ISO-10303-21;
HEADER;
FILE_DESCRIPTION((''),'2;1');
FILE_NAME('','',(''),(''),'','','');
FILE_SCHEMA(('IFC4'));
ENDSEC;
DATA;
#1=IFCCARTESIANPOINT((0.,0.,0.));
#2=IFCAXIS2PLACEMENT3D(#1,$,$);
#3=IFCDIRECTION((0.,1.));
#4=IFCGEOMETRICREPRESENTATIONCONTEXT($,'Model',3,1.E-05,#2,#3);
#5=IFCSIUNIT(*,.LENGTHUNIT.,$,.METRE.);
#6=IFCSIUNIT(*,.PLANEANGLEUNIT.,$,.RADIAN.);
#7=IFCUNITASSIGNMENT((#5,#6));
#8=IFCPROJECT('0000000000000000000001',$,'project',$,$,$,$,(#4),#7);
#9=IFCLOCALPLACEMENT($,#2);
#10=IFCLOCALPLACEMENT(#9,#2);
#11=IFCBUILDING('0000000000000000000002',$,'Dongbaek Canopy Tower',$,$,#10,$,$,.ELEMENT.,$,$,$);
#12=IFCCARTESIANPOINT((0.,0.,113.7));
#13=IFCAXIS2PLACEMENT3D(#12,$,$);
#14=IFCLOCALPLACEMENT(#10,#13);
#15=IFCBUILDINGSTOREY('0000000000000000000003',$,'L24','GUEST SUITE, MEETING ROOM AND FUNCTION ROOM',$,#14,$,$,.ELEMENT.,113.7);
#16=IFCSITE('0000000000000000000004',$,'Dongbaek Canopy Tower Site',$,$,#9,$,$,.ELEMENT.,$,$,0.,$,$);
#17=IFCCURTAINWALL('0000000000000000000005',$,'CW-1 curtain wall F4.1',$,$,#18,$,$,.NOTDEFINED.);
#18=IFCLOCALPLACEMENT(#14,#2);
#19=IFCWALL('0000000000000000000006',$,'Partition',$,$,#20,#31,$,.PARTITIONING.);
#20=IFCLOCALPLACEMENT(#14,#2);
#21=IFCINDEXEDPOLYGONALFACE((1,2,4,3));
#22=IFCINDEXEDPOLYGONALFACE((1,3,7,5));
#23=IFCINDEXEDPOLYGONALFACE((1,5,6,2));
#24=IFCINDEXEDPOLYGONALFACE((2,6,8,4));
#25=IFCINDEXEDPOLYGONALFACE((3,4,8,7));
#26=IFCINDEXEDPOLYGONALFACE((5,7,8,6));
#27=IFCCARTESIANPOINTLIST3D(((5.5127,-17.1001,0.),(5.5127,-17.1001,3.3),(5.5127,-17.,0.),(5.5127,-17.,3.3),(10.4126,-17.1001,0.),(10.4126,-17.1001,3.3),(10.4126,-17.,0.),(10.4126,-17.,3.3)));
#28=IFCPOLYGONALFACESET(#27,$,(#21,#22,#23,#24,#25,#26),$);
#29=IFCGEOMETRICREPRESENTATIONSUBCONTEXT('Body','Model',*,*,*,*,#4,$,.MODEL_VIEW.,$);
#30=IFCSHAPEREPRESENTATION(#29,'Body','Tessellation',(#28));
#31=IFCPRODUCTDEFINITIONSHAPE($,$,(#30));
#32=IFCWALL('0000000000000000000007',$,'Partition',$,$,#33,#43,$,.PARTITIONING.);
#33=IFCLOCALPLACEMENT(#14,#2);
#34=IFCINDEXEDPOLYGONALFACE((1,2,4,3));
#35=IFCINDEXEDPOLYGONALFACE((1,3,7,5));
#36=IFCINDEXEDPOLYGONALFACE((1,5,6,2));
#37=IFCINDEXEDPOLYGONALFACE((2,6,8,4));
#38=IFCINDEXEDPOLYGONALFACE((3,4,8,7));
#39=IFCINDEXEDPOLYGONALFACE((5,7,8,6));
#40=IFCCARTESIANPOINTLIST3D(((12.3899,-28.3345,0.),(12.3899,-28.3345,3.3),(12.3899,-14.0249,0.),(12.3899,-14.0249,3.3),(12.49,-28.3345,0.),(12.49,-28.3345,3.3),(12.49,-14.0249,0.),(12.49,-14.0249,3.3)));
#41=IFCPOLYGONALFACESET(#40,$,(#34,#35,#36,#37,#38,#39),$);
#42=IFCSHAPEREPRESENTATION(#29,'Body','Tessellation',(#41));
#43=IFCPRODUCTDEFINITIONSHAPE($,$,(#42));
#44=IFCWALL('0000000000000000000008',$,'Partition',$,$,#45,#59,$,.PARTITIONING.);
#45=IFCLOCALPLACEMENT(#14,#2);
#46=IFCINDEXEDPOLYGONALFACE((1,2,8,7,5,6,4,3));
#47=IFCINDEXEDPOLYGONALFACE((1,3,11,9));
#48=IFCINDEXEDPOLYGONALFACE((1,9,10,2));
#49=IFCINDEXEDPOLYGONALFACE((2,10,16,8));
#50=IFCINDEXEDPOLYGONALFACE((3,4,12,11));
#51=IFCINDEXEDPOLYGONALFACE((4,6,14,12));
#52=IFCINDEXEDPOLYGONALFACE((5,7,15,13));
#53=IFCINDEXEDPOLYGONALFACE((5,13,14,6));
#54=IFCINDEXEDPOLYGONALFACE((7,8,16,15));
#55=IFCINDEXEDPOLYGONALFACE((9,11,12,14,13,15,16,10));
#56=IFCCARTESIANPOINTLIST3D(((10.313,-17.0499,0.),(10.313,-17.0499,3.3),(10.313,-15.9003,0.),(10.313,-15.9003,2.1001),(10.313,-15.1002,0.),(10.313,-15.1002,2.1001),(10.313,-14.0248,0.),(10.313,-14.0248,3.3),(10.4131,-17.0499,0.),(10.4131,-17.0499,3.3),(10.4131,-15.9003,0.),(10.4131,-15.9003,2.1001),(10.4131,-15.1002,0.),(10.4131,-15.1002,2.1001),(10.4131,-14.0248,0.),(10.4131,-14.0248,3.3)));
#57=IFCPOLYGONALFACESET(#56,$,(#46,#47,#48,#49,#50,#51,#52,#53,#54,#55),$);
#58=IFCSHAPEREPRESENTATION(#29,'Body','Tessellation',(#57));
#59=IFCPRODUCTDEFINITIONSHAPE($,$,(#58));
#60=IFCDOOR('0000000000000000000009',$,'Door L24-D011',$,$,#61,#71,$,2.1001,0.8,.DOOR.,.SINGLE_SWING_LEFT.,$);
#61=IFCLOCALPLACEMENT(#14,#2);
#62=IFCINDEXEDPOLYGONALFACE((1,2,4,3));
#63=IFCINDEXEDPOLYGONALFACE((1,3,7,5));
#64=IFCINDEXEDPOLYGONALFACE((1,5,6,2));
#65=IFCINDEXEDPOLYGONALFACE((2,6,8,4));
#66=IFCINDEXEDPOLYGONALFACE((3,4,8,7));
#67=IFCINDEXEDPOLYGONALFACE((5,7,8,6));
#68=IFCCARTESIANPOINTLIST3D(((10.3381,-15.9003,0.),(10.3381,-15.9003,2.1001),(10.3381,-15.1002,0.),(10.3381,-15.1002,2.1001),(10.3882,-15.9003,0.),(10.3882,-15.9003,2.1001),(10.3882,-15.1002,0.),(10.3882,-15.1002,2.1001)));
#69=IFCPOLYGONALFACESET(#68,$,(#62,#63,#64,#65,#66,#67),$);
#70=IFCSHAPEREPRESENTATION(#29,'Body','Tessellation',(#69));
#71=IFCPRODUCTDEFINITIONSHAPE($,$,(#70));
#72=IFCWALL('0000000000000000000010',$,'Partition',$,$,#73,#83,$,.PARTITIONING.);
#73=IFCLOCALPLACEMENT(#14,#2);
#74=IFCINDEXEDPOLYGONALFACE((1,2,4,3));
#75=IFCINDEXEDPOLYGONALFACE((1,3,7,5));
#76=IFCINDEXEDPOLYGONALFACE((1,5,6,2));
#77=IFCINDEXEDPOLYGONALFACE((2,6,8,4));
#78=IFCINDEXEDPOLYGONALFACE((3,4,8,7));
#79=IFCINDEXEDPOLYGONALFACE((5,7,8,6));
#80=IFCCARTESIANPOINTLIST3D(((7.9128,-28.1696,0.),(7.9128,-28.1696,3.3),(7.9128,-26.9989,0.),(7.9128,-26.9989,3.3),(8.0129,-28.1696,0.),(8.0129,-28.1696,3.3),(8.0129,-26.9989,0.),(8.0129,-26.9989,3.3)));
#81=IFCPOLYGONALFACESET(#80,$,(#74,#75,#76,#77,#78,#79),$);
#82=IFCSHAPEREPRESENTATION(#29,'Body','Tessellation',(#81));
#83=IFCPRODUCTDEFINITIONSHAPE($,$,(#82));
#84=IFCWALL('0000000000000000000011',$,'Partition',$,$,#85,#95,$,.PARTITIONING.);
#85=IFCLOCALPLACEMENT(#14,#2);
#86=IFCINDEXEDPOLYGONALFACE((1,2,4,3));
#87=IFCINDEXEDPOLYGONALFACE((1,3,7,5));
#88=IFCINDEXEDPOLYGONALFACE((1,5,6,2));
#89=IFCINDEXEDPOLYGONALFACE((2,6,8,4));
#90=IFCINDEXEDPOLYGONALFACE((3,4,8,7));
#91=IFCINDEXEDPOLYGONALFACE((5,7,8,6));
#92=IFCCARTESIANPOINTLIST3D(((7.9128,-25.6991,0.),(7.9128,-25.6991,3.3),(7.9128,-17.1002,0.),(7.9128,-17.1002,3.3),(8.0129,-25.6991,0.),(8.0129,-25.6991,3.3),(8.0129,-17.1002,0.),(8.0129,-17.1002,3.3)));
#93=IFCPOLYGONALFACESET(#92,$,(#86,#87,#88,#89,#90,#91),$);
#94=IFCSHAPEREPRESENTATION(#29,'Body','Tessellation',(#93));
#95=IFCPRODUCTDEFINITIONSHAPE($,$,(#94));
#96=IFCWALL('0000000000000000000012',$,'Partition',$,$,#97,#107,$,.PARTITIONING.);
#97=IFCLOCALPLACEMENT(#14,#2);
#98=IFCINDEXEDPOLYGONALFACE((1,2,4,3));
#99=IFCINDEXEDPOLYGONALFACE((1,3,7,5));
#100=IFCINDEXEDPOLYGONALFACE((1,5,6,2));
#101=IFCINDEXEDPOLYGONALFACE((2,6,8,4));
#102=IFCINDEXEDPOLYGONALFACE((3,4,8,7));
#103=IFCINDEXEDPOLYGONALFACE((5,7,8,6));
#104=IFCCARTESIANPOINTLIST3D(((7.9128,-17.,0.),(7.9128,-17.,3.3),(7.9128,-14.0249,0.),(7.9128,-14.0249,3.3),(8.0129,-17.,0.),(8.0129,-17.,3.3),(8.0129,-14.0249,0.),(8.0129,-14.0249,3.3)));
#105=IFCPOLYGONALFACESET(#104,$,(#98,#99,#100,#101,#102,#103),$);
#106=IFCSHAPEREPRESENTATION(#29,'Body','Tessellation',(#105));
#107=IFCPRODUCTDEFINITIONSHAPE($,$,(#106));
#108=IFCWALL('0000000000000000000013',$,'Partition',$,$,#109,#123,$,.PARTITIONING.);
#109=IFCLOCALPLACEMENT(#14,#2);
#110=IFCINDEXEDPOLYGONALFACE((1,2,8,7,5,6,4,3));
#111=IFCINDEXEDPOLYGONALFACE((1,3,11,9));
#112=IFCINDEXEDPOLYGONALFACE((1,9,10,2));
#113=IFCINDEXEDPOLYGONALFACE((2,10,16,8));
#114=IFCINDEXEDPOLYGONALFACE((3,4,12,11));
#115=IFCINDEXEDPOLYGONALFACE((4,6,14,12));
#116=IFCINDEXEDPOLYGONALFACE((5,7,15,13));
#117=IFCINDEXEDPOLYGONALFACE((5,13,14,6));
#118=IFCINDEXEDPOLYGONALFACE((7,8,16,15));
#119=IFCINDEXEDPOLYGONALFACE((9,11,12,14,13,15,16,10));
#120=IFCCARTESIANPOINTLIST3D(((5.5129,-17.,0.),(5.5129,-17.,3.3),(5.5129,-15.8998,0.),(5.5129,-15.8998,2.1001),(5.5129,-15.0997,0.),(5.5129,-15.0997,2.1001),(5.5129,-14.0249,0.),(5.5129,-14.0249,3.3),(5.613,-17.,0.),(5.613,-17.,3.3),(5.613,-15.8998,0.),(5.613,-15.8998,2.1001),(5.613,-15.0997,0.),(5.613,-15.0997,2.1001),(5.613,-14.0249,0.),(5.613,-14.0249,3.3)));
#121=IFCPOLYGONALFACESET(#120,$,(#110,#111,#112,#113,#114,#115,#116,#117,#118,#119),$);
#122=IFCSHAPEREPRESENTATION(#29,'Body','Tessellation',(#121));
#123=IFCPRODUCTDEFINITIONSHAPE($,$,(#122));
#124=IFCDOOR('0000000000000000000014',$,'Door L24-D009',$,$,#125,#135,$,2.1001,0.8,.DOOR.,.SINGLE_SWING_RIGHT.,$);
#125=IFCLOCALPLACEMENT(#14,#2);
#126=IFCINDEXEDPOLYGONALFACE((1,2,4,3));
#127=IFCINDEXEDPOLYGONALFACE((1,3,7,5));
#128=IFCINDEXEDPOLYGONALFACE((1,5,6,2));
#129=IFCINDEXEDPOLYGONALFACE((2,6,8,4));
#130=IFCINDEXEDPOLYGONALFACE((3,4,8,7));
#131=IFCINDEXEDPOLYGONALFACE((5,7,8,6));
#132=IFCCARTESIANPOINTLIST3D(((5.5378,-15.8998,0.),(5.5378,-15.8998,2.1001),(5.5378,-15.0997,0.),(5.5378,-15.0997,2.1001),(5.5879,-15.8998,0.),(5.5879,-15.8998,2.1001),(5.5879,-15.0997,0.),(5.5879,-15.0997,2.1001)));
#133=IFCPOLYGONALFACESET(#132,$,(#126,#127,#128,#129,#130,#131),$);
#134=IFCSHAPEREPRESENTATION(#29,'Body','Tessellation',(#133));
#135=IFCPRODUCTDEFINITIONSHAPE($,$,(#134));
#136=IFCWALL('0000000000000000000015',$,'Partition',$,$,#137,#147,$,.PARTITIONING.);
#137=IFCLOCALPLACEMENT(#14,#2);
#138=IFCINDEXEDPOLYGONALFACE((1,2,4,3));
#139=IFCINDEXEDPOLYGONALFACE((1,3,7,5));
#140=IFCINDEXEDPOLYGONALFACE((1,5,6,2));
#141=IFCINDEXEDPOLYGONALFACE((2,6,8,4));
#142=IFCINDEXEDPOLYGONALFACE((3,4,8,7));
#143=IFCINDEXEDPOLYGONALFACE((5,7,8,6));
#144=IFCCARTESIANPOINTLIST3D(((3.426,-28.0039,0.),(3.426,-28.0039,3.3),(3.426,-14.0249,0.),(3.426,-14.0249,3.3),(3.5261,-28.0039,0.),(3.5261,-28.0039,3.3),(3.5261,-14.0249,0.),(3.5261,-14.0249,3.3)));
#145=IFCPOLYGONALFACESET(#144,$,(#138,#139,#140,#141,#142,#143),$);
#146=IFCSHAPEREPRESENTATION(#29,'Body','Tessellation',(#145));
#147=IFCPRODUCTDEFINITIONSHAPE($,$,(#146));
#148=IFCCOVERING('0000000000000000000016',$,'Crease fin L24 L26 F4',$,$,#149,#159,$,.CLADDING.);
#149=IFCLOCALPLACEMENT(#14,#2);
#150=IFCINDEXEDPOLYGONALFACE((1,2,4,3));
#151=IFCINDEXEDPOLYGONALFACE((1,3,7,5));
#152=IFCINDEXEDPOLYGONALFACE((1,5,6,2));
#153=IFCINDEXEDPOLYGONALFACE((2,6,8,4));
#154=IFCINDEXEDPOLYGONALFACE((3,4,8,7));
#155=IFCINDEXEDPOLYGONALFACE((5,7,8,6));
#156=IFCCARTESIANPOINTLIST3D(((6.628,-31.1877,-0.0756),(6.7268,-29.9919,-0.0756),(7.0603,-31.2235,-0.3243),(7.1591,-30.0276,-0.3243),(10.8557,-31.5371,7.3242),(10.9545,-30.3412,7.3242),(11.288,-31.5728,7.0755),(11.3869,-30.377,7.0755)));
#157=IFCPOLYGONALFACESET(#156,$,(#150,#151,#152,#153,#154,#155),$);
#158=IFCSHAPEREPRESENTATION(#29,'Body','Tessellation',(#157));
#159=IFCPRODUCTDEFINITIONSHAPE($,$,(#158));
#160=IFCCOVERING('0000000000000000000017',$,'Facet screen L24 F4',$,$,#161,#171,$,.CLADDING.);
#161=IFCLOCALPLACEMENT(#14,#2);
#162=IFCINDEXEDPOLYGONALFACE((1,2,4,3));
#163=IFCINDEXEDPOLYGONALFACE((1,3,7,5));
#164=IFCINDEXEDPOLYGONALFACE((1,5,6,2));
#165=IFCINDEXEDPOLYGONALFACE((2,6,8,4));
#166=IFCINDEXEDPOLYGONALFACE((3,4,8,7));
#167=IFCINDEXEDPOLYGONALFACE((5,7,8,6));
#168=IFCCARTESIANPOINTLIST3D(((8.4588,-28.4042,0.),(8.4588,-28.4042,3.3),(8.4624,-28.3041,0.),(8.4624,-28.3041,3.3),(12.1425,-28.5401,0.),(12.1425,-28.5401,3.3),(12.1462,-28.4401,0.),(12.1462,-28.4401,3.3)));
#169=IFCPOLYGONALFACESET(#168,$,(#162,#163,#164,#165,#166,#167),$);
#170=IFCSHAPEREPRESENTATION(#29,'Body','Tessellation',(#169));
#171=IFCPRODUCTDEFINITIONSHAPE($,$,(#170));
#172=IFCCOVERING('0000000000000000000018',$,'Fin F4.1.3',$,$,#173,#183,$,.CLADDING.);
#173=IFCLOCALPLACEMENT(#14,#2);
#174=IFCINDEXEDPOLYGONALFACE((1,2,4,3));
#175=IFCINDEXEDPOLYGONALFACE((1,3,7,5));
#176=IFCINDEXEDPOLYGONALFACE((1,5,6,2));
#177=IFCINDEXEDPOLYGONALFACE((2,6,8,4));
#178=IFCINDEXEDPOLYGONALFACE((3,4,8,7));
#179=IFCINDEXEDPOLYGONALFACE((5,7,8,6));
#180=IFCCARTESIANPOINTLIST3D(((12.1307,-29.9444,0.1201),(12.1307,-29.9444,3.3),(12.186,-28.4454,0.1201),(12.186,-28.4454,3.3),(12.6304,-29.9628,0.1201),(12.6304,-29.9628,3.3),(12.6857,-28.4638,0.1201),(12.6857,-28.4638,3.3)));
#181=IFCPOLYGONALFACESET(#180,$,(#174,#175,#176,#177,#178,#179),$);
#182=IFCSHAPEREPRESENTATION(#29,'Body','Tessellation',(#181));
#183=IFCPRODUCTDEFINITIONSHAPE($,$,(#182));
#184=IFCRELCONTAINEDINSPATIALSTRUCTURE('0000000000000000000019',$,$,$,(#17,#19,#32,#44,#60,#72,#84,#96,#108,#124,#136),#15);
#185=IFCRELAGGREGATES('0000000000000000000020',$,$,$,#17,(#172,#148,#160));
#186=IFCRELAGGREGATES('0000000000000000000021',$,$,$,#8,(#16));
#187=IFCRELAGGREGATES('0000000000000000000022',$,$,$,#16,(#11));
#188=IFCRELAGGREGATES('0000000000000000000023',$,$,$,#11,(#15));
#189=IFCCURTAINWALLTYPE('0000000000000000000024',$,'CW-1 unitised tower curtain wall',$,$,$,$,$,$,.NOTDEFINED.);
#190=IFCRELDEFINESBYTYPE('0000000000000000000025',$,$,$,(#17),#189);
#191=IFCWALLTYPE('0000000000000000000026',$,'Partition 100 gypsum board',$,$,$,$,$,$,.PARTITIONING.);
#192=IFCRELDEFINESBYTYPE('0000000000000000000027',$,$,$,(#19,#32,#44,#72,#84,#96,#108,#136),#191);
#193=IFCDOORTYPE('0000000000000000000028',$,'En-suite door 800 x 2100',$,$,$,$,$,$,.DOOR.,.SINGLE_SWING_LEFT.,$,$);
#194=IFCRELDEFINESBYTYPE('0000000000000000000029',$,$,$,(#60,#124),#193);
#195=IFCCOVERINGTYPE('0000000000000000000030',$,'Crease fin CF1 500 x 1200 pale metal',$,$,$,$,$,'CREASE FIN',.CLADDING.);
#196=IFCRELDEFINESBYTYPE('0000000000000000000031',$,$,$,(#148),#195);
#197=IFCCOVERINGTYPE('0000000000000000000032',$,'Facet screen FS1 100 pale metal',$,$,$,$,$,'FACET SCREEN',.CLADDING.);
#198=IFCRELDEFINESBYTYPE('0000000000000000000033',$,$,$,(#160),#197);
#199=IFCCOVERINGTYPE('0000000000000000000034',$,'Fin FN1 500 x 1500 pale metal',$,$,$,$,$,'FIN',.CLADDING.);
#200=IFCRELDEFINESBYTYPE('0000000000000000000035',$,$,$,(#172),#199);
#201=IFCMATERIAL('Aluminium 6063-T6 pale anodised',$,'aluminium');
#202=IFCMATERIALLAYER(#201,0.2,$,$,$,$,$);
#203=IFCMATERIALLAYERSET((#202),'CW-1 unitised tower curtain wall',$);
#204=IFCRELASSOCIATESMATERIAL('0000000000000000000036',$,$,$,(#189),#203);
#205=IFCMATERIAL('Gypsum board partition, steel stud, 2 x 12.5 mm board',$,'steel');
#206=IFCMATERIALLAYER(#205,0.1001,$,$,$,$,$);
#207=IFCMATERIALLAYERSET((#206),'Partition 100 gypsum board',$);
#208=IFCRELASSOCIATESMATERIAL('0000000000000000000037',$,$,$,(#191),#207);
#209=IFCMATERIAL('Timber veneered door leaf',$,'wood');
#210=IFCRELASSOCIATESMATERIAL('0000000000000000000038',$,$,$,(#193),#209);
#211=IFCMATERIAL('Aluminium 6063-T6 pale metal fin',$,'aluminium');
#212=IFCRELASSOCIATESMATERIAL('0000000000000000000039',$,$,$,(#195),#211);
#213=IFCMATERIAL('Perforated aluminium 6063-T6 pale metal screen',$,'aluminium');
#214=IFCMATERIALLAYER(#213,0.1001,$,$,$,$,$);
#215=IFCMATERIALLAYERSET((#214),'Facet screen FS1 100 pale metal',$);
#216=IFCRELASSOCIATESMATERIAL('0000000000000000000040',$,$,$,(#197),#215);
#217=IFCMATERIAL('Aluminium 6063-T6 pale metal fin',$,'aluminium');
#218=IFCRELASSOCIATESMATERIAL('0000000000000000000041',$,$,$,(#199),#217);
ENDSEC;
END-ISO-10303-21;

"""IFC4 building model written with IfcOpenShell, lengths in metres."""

from ifc_helpers import new_model, si_unit, direction, frame, frame_2d, origin, origin_2d, place, context, subcontext, project, spatial, rectangle, extrude, material, layer, layer_set, material_profile, profile_set, type_object, element, fill, aggregate, save


model = new_model("IFC4")

# Units and contexts
model_context = context("Model", 3, precision=1e-05, world=origin(), true_north=direction((0.0, 1.0)))
body_context = subcontext(model_context, "Body", "Model", "MODEL_VIEW")
ifc_project = project(units=[si_unit("LENGTHUNIT", "METRE"), si_unit("PLANEANGLEUNIT", "RADIAN")], contexts=[model_context])

# Site, building, storey
site_placement = place(None, origin())
site = spatial("IfcSite", under=ifc_project, at=site_placement, Name="Dongbaek Canopy Tower Site", CompositionType="ELEMENT", RefElevation=0.0)
building_placement = place(site_placement, origin())
building = spatial("IfcBuilding", under=site, at=building_placement, Name="Dongbaek Canopy Tower", CompositionType="ELEMENT")
storey_placement = place(building_placement, frame((0.0, 0.0, 113.7)))
storey = spatial("IfcBuildingStorey", under=building, at=storey_placement, Name="L24", Description="GUEST SUITE, MEETING ROOM AND FUNCTION ROOM", CompositionType="ELEMENT", Elevation=113.7)

# Curtain wall
ifc_material_1 = material(Name="Aluminium 6063-T6 pale anodised", Category="aluminium")
ifc_layer_1 = layer(ifc_material_1, 0.2)
ifc_layer_set_1 = layer_set([ifc_layer_1], Name="CW-1 unitised tower curtain wall")
curtain_wall_type = type_object("IfcCurtainWallType", Name="CW-1 unitised tower curtain wall", PredefinedType="NOTDEFINED", material=ifc_layer_set_1)
curtain_wall_1_placement = place(storey_placement, origin())
curtain_wall_1 = element("IfcCurtainWall", 1, at=curtain_wall_1_placement, inside=storey, type_object=curtain_wall_type, Name="CW-1 curtain wall F4.1", PredefinedType="NOTDEFINED")

# Walls
ifc_material_2 = material(Name="Gypsum board partition, steel stud, 2 x 12.5 mm board", Category="steel")
ifc_layer_2 = layer(ifc_material_2, 0.1001)
ifc_layer_set_2 = layer_set([ifc_layer_2], Name="Partition 100 gypsum board")
wall_type = type_object("IfcWallType", Name="Partition 100 gypsum board", PredefinedType="PARTITIONING", material=ifc_layer_set_2)
wall_1_placement = place(storey_placement, frame((5.5127, -17.05, 0.0), z_axis=(0.0, 0.0, 1.0), x_axis=(1.0, 0.0, 0.0)))
element("IfcWall", 2, at=wall_1_placement, inside=storey, type_object=wall_type, Name="Partition", PredefinedType="PARTITIONING", context=body_context, shape_type="SweptSolid", body=[
    extrude(rectangle(XDim=4.8999, YDim=0.1001, at=frame_2d((2.45, 0.0))), origin(), (0.0, 0.0, 1.0), 3.3),
])
wall_2_placement = place(storey_placement, frame((12.4399, -28.3345, 0.0), z_axis=(0.0, 0.0, 1.0), x_axis=(0.0, 1.0, 0.0)))
element("IfcWall", 3, at=wall_2_placement, inside=storey, type_object=wall_type, Name="Partition", PredefinedType="PARTITIONING", context=body_context, shape_type="SweptSolid", body=[
    extrude(rectangle(XDim=14.3096, YDim=0.1001, at=frame_2d((7.1548, 0.0))), origin(), (0.0, 0.0, 1.0), 3.3),
])

# Wall, opening, door
wall_3_placement = place(storey_placement, frame((10.363, -17.05, 0.0), z_axis=(0.0, 0.0, 1.0), x_axis=(0.0, 1.0, 0.0)))
wall_3 = element("IfcWall", 4, at=wall_3_placement, inside=storey, type_object=wall_type, Name="Partition", PredefinedType="PARTITIONING", context=body_context, shape_type="SweptSolid", body=[
    extrude(rectangle(XDim=3.0251, YDim=0.1001, at=frame_2d((1.5127, 0.0))), origin(), (0.0, 0.0, 1.0), 3.3),
])
opening_1_placement = place(wall_3_placement, frame((1.1499, 0.0, 0.0)))
opening_1 = element("IfcOpeningElement", 5, at=opening_1_placement, cuts=wall_3, PredefinedType="OPENING", context=body_context, shape_type="SweptSolid", body=[
    extrude(rectangle(XDim=0.8, YDim=2.1001, at=frame_2d((0.3999, 1.05))), frame((0.0, 0.0601, 0.0), z_axis=(0.0, -1.0, 0.0), x_axis=(1.0, 0.0, 0.0)), (0.0, 0.0, 1.0), 0.1201),
])
ifc_material_3 = material(Name="Timber veneered door leaf", Category="wood")
door_type = type_object("IfcDoorType", Name="En-suite door 800 x 2100", OperationType="SINGLE_SWING_LEFT", PredefinedType="DOOR", material=ifc_material_3)
door_1_placement = place(opening_1_placement, origin())
door_1 = element("IfcDoor", 6, at=door_1_placement, inside=storey, type_object=door_type, Name="Door L24-D011", OperationType="SINGLE_SWING_LEFT", OverallHeight=2.1001, OverallWidth=0.8, PredefinedType="DOOR", context=body_context, shape_type="SweptSolid", body=[
    extrude(rectangle(XDim=0.8, YDim=2.1001, at=frame_2d((0.3999, 1.05))), frame((0.0, 0.0249, 0.0), z_axis=(0.0, -1.0, 0.0), x_axis=(1.0, 0.0, 0.0)), (0.0, 0.0, 1.0), 0.05),
])
fill(opening_1, door_1)

# Walls
wall_4_placement = place(storey_placement, frame((7.9629, -28.1697, 0.0), z_axis=(0.0, 0.0, 1.0), x_axis=(0.0, 1.0, 0.0)))
element("IfcWall", 7, at=wall_4_placement, inside=storey, type_object=wall_type, Name="Partition", PredefinedType="PARTITIONING", context=body_context, shape_type="SweptSolid", body=[
    extrude(rectangle(XDim=1.1707, YDim=0.1001, at=frame_2d((0.5854, 0.0))), origin(), (0.0, 0.0, 1.0), 3.3),
])
wall_5_placement = place(storey_placement, frame((7.9629, -25.699, 0.0), z_axis=(0.0, 0.0, 1.0), x_axis=(0.0, 1.0, 0.0)))
element("IfcWall", 8, at=wall_5_placement, inside=storey, type_object=wall_type, Name="Partition", PredefinedType="PARTITIONING", context=body_context, shape_type="SweptSolid", body=[
    extrude(rectangle(XDim=8.5989, YDim=0.1001, at=frame_2d((4.2993, 0.0))), origin(), (0.0, 0.0, 1.0), 3.3),
])
wall_6_placement = place(storey_placement, frame((7.9629, -17.0, 0.0), z_axis=(0.0, 0.0, 1.0), x_axis=(0.0, 1.0, 0.0)))
element("IfcWall", 9, at=wall_6_placement, inside=storey, type_object=wall_type, Name="Partition", PredefinedType="PARTITIONING", context=body_context, shape_type="SweptSolid", body=[
    extrude(rectangle(XDim=2.9751, YDim=0.1001, at=frame_2d((1.4875, 0.0))), origin(), (0.0, 0.0, 1.0), 3.3),
])

# Wall, opening, door
wall_7_placement = place(storey_placement, frame((5.563, -14.0249, 0.0), z_axis=(0.0, 0.0, 1.0), x_axis=(0.0, -1.0, 0.0)))
wall_7 = element("IfcWall", 10, at=wall_7_placement, inside=storey, type_object=wall_type, Name="Partition", PredefinedType="PARTITIONING", context=body_context, shape_type="SweptSolid", body=[
    extrude(rectangle(XDim=2.9751, YDim=0.1001, at=frame_2d((1.4875, 0.0))), origin(), (0.0, 0.0, 1.0), 3.3),
])
opening_2_placement = place(wall_7_placement, frame((1.075, 0.0, 0.0)))
opening_2 = element("IfcOpeningElement", 11, at=opening_2_placement, cuts=wall_7, PredefinedType="OPENING", context=body_context, shape_type="SweptSolid", body=[
    extrude(rectangle(XDim=0.8, YDim=2.1001, at=frame_2d((0.3999, 1.05))), frame((0.0, 0.0601, 0.0), z_axis=(0.0, -1.0, 0.0), x_axis=(1.0, 0.0, 0.0)), (0.0, 0.0, 1.0), 0.1201),
])
door_2_placement = place(opening_2_placement, origin())
door_2 = element("IfcDoor", 12, at=door_2_placement, inside=storey, type_object=door_type, Name="Door L24-D009", OperationType="SINGLE_SWING_RIGHT", OverallHeight=2.1001, OverallWidth=0.8, PredefinedType="DOOR", context=body_context, shape_type="SweptSolid", body=[
    extrude(rectangle(XDim=0.8, YDim=2.1001, at=frame_2d((0.3999, 1.05))), frame((0.0, 0.0249, 0.0), z_axis=(0.0, -1.0, 0.0), x_axis=(1.0, 0.0, 0.0)), (0.0, 0.0, 1.0), 0.05),
])
fill(opening_2, door_2)

# Wall
wall_8_placement = place(storey_placement, frame((3.4761, -28.0039, 0.0), z_axis=(0.0, 0.0, 1.0), x_axis=(0.0, 1.0, 0.0)))
element("IfcWall", 13, at=wall_8_placement, inside=storey, type_object=wall_type, Name="Partition", PredefinedType="PARTITIONING", context=body_context, shape_type="SweptSolid", body=[
    extrude(rectangle(XDim=13.979, YDim=0.1001, at=frame_2d((6.9895, 0.0))), origin(), (0.0, 0.0, 1.0), 3.3),
])

# Coverings
ifc_material_4 = material(Name="Aluminium 6063-T6 pale metal fin", Category="aluminium")
ifc_material_profile_1 = material_profile(ifc_material_4, rectangle(XDim=1.2, YDim=0.5, at=origin_2d()), Name="Crease fin CF1 500 x 1200 pale metal")
ifc_profile_set_1 = profile_set([ifc_material_profile_1], Name="Aluminium 6063-T6 pale metal fin")
covering_type_1 = type_object("IfcCoveringType", Name="Crease fin CF1 500 x 1200 pale metal", ElementType="CREASE FIN", PredefinedType="CLADDING", material=ifc_profile_set_1)
covering_1_placement = place(storey_placement, frame((6.8936, -30.6077, -0.2), z_axis=(0.495658, -0.040959, 0.867552), x_axis=(0.082355, 0.996603, 0.0)))
covering_1 = element("IfcCovering", 14, at=covering_1_placement, type_object=covering_type_1, Name="Crease fin L24 L26 F4", PredefinedType="CLADDING", context=body_context, shape_type="SweptSolid", body=[
    extrude(rectangle(XDim=1.2, YDim=0.5, at=origin_2d()), origin(), (0.0, 0.0, 1.0), 8.5295),
])
ifc_material_5 = material(Name="Perforated aluminium 6063-T6 pale metal screen", Category="aluminium")
ifc_layer_3 = layer(ifc_material_5, 0.1001)
ifc_layer_set_3 = layer_set([ifc_layer_3], Name="Facet screen FS1 100 pale metal")
covering_type_2 = type_object("IfcCoveringType", Name="Facet screen FS1 100 pale metal", ElementType="FACET SCREEN", PredefinedType="CLADDING", material=ifc_layer_set_3)
covering_2_placement = place(storey_placement, frame((10.3025, -28.4221, 0.0), z_axis=(0.0, 0.0, 1.0), x_axis=(0.99932, -0.036872, 0.0)))
covering_2 = element("IfcCovering", 15, at=covering_2_placement, type_object=covering_type_2, Name="Facet screen L24 F4", PredefinedType="CLADDING", context=body_context, shape_type="SweptSolid", body=[
    extrude(rectangle(XDim=3.6863, YDim=0.1001, at=origin_2d()), origin(), (0.0, 0.0, 1.0), 3.3),
])
ifc_material_6 = material(Name="Aluminium 6063-T6 pale metal fin", Category="aluminium")
ifc_material_profile_2 = material_profile(ifc_material_6, rectangle(XDim=1.5, YDim=0.5, at=origin_2d()), Name="Fin FN1 500 x 1500 pale metal")
ifc_profile_set_2 = profile_set([ifc_material_profile_2], Name="Aluminium 6063-T6 pale metal fin")
covering_type_3 = type_object("IfcCoveringType", Name="Fin FN1 500 x 1500 pale metal", ElementType="FIN", PredefinedType="CLADDING", material=ifc_profile_set_2)
covering_3_placement = place(storey_placement, frame((12.4082, -29.2041, 0.1201), z_axis=(0.0, 0.0, 1.0), x_axis=(-0.036873, -0.99932, 0.0)))
covering_3 = element("IfcCovering", 16, at=covering_3_placement, type_object=covering_type_3, Name="Fin F4.1.3", PredefinedType="CLADDING", context=body_context, shape_type="SweptSolid", body=[
    extrude(rectangle(XDim=1.5, YDim=0.5, at=origin_2d()), origin(), (0.0, 0.0, 1.0), 3.1799),
])
aggregate(curtain_wall_1, [covering_3, covering_1, covering_2])

save(model, "model.ifc")
